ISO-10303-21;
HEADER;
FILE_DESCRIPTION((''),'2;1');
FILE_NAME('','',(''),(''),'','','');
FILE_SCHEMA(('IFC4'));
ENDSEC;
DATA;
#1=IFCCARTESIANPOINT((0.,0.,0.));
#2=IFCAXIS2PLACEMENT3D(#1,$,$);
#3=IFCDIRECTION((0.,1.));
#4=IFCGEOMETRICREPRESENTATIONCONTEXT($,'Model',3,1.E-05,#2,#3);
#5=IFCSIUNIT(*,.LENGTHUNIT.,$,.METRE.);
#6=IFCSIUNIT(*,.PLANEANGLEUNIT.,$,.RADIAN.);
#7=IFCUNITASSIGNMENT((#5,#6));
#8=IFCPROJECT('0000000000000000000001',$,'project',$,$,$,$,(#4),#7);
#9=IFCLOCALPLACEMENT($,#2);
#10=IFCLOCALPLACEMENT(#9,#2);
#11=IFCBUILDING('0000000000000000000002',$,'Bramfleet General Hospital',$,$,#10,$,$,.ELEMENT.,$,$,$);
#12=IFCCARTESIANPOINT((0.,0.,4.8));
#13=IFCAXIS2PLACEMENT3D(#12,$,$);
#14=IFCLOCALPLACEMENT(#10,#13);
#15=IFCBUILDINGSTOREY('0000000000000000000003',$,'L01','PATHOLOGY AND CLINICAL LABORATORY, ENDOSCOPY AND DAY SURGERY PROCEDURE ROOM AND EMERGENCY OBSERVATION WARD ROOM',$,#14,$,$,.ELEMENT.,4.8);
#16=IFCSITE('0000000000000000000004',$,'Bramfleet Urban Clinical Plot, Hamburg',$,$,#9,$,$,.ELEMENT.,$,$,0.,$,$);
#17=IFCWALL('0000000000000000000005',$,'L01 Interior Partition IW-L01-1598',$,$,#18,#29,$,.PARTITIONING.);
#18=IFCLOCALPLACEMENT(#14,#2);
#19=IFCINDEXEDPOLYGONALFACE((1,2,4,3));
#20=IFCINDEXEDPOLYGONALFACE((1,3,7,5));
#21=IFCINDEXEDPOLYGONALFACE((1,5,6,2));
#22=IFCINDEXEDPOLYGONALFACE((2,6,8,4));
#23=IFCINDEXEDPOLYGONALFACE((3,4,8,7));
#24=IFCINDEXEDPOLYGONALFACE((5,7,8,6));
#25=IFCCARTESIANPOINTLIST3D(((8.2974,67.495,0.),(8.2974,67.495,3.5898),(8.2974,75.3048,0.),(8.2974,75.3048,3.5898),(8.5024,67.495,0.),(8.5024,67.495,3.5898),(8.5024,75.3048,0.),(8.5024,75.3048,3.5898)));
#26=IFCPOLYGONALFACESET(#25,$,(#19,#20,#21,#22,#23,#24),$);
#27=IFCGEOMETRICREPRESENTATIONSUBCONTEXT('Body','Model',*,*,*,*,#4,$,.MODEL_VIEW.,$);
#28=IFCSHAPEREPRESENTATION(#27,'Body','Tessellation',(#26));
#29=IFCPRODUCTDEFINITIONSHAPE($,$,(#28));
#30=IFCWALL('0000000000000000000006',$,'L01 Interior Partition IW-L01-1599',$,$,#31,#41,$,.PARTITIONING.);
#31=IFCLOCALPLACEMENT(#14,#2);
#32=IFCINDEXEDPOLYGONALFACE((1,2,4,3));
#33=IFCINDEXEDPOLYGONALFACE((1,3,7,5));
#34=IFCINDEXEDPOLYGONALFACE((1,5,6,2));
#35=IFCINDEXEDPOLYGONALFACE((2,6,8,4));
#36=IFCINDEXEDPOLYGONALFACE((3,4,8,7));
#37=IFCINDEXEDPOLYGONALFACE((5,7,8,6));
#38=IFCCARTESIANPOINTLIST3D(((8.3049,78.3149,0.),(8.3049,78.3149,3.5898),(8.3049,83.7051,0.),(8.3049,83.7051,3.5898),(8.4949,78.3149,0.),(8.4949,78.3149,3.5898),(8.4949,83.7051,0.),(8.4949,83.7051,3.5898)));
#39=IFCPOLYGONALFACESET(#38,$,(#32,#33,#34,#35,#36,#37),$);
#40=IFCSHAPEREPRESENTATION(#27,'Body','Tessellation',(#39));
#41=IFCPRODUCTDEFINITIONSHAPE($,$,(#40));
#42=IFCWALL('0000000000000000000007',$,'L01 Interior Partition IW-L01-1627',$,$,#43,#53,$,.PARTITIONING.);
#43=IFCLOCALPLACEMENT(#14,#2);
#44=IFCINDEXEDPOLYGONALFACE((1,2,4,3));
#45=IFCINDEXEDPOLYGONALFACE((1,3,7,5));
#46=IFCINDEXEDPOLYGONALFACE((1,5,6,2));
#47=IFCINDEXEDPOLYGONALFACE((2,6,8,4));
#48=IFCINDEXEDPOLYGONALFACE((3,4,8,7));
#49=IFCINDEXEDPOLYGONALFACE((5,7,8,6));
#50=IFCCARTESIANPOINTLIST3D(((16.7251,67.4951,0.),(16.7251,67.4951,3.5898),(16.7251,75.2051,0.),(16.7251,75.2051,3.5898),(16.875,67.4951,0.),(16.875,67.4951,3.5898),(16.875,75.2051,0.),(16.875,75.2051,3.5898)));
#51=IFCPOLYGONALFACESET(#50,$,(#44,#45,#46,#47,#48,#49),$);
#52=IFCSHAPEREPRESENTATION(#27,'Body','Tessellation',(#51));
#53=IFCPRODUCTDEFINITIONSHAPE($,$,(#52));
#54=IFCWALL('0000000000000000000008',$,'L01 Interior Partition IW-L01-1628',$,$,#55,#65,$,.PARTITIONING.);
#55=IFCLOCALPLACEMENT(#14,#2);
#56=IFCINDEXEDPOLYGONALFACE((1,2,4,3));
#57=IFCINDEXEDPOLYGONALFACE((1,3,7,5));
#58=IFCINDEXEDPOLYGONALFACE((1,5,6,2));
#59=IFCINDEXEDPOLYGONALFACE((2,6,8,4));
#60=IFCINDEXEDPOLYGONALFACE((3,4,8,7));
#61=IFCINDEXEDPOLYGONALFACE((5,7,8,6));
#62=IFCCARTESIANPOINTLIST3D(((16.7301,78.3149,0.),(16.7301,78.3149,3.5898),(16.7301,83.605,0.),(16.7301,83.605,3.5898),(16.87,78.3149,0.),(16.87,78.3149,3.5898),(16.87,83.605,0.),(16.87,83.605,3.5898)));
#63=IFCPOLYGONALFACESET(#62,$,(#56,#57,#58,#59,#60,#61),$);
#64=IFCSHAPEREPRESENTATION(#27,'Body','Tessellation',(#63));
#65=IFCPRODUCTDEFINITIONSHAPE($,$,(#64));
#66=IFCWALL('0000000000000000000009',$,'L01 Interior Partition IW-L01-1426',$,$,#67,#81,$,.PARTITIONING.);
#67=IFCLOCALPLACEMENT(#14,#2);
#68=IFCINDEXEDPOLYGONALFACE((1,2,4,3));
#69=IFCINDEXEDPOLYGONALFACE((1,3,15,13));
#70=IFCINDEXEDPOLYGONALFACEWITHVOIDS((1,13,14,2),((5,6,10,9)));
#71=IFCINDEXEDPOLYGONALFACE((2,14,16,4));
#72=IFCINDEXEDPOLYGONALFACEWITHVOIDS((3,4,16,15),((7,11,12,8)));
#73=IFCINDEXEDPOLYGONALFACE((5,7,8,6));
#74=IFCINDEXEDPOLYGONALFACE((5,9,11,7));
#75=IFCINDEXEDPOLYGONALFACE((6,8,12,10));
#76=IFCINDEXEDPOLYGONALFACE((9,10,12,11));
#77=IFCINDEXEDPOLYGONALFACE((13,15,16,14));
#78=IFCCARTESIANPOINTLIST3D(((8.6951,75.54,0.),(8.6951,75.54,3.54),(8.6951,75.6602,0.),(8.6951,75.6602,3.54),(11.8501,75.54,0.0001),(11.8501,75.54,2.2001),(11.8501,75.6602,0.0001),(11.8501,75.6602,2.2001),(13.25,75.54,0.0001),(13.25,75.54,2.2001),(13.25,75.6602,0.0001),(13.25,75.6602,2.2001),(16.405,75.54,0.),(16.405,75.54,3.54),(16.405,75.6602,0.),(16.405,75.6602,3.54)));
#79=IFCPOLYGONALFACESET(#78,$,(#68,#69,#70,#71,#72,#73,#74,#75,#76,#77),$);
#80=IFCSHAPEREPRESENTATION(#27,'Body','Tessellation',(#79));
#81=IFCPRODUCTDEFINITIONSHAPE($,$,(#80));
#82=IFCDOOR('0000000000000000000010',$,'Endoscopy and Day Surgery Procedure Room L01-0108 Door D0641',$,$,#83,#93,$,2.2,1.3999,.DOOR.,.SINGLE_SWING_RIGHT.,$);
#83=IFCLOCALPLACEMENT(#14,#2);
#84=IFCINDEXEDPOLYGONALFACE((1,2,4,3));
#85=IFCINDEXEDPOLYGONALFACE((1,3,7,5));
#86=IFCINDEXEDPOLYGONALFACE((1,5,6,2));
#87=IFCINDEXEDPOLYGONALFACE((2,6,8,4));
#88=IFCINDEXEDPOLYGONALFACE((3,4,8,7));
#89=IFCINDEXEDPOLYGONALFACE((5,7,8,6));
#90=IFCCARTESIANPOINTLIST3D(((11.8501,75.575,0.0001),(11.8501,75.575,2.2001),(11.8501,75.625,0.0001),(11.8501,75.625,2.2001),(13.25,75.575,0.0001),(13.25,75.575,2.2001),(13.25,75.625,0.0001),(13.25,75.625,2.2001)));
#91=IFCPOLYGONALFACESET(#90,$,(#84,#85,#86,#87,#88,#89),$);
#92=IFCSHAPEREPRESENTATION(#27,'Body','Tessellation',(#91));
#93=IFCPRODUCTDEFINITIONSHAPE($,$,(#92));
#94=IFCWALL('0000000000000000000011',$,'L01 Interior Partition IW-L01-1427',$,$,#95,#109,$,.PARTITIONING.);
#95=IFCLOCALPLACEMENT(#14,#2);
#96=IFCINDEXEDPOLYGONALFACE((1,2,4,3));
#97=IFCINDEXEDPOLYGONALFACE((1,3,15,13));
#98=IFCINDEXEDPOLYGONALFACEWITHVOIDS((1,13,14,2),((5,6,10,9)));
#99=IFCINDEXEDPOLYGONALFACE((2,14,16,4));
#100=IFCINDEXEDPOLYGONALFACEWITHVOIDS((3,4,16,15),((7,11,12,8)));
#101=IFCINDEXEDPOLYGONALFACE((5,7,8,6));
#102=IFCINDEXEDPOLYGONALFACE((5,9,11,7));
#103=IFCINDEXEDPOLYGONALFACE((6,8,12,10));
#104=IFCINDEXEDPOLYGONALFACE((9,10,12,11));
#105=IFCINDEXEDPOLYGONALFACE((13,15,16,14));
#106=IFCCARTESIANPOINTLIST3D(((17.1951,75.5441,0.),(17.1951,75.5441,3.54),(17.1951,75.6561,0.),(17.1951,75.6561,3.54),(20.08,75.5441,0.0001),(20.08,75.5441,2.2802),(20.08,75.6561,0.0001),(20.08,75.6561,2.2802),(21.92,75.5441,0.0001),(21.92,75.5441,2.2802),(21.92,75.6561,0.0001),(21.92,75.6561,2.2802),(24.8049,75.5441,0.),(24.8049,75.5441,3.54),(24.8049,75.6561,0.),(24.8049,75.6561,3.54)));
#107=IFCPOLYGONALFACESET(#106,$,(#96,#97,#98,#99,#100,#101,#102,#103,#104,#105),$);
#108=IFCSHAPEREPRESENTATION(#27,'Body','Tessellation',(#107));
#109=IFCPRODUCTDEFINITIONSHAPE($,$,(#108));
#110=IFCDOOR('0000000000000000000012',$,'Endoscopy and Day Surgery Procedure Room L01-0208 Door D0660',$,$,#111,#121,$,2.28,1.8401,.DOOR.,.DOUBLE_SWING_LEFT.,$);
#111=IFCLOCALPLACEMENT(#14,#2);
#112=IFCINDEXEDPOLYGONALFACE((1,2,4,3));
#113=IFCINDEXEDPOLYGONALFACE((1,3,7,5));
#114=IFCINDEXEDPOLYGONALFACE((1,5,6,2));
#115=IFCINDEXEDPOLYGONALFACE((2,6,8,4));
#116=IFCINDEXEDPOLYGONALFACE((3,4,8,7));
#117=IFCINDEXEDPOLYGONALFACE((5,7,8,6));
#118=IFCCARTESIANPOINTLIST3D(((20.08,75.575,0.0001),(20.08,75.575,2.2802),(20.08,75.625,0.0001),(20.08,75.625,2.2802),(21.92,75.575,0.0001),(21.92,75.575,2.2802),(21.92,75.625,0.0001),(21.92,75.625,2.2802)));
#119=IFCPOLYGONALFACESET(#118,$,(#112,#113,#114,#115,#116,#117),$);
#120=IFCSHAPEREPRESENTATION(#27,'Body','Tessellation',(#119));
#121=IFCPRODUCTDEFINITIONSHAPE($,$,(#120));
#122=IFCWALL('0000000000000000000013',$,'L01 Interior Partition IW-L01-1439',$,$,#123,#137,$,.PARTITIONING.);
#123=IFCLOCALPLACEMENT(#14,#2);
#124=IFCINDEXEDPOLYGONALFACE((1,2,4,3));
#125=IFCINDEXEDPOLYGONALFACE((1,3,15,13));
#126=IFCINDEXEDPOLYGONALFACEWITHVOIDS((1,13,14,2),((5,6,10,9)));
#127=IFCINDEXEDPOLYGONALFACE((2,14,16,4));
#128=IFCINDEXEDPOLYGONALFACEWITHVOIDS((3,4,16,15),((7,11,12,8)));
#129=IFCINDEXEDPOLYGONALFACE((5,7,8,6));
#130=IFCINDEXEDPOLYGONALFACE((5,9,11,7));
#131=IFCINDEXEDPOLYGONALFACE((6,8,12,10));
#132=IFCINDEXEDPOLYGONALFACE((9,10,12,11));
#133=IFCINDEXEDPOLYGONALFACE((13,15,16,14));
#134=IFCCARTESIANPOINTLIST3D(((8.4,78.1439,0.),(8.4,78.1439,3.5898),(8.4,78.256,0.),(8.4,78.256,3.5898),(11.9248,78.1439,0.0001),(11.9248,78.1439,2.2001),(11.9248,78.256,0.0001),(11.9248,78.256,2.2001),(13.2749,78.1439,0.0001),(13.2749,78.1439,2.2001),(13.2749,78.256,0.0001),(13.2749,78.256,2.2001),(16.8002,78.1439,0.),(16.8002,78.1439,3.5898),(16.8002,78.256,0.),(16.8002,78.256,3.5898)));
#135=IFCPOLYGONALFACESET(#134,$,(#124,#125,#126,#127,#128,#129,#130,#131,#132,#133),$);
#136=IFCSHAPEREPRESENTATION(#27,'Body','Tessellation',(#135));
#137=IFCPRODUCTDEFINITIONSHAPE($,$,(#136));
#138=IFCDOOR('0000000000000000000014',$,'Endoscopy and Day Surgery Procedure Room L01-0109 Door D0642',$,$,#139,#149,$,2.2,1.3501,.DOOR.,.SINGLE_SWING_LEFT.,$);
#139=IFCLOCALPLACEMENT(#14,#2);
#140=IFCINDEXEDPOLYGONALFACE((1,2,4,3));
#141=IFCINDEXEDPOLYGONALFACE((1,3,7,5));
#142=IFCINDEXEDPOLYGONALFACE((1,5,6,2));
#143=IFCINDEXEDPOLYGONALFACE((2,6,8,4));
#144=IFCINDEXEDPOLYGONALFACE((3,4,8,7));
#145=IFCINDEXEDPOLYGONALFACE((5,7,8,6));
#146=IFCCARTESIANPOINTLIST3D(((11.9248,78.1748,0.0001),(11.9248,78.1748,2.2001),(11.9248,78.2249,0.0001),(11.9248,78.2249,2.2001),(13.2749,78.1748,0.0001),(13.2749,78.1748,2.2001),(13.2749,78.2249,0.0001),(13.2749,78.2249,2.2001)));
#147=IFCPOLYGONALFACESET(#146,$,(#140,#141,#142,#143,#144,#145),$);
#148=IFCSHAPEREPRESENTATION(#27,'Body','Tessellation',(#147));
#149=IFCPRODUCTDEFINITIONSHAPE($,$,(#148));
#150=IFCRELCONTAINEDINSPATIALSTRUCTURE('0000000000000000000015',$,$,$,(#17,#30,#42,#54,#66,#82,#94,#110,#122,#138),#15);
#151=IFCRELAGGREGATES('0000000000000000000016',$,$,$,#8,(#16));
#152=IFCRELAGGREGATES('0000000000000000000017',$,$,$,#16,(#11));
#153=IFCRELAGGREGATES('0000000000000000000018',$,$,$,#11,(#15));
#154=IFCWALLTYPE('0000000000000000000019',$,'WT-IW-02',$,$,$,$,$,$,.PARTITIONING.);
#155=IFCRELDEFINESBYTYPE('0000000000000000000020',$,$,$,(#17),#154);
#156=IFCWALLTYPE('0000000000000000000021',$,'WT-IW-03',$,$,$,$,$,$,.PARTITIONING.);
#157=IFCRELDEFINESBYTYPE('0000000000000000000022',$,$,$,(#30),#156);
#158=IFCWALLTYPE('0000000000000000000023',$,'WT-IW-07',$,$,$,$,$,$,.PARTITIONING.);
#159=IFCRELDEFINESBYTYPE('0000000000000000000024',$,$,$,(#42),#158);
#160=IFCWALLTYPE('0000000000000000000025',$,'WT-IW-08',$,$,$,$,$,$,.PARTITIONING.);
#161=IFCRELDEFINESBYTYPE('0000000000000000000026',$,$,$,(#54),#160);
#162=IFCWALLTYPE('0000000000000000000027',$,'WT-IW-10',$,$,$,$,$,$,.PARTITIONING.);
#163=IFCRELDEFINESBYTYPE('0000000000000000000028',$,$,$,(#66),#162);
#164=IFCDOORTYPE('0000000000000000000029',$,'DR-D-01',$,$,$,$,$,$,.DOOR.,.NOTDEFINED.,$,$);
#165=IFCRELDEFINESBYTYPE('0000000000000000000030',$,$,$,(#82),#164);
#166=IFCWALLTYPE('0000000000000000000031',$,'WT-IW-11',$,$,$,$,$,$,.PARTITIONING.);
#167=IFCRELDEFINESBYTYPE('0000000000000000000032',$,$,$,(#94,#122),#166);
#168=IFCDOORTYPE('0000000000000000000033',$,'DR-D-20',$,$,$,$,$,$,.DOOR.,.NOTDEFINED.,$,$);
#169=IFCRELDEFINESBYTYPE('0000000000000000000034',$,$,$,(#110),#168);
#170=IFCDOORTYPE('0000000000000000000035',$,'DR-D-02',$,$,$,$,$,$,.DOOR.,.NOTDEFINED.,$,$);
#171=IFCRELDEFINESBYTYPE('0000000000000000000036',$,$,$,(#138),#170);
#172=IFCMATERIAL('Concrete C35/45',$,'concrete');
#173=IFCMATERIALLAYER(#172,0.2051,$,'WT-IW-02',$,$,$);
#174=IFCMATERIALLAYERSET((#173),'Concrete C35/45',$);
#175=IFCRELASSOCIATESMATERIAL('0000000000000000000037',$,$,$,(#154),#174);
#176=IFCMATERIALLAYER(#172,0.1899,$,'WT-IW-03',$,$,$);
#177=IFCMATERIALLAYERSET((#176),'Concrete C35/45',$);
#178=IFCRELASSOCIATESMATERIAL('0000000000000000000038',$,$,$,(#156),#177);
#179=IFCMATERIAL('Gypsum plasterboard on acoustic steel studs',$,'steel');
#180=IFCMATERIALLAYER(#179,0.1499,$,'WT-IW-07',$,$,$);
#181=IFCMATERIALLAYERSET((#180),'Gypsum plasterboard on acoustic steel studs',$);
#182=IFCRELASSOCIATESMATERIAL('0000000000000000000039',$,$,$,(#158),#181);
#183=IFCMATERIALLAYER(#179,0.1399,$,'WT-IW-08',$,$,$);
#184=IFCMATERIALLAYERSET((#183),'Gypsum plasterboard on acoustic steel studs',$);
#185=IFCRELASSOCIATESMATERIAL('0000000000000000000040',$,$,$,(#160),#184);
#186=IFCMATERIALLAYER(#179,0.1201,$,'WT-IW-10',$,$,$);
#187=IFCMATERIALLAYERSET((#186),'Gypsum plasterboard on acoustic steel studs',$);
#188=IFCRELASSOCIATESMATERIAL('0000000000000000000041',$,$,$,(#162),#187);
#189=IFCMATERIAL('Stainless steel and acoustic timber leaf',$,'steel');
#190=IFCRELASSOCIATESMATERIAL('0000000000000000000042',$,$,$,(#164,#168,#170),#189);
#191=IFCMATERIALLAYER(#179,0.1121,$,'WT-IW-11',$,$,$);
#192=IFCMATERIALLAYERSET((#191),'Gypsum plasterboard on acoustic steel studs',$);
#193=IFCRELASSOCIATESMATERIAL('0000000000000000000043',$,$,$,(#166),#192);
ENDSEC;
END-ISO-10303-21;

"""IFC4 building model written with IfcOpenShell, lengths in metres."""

from ifc_helpers import new_model, si_unit, direction, frame, frame_2d, origin, place, context, subcontext, project, spatial, rectangle, extrude, material, layer, layer_set, type_object, element, fill, save


model = new_model("IFC4")

# Units and contexts
model_context = context("Model", 3, precision=1e-05, world=origin(), true_north=direction((0.0, 1.0)))
body_context = subcontext(model_context, "Body", "Model", "MODEL_VIEW")
ifc_project = project(units=[si_unit("LENGTHUNIT", "METRE"), si_unit("PLANEANGLEUNIT", "RADIAN")], contexts=[model_context])

# Site, building, storey
site_placement = place(None, origin())
site = spatial("IfcSite", under=ifc_project, at=site_placement, Name="Bramfleet Urban Clinical Plot, Hamburg", CompositionType="ELEMENT", RefElevation=0.0)
building_placement = place(site_placement, origin())
building = spatial("IfcBuilding", under=site, at=building_placement, Name="Bramfleet General Hospital", CompositionType="ELEMENT")
storey_placement = place(building_placement, frame((0.0, 0.0, 4.8)))
storey = spatial("IfcBuildingStorey", under=building, at=storey_placement, Name="L01", Description="PATHOLOGY AND CLINICAL LABORATORY, ENDOSCOPY AND DAY SURGERY PROCEDURE ROOM AND EMERGENCY OBSERVATION WARD ROOM", CompositionType="ELEMENT", Elevation=4.8)

# Shared definitions
ifc_material_1 = material(Name="Concrete C35/45", Category="concrete")

# Walls
ifc_layer_1 = layer(ifc_material_1, 0.2051, Name="WT-IW-02")
ifc_layer_set_1 = layer_set([ifc_layer_1], Name="Concrete C35/45")
wall_type_1 = type_object("IfcWallType", Name="WT-IW-02", PredefinedType="PARTITIONING", material=ifc_layer_set_1)
wall_1_placement = place(storey_placement, frame((8.3999, 67.4951, 0.0), z_axis=(0.0, 0.0, 1.0), x_axis=(0.0, 1.0, 0.0)))
element("IfcWall", 1, at=wall_1_placement, inside=storey, type_object=wall_type_1, Name="L01 Interior Partition IW-L01-1598", PredefinedType="PARTITIONING", context=body_context, shape_type="SweptSolid", body=[
    extrude(rectangle(XDim=7.8098, YDim=0.2051, at=frame_2d((3.9048, 0.0))), origin(), (0.0, 0.0, 1.0), 3.5898),
])
ifc_layer_2 = layer(ifc_material_1, 0.1899, Name="WT-IW-03")
ifc_layer_set_2 = layer_set([ifc_layer_2], Name="Concrete C35/45")
wall_type_2 = type_object("IfcWallType", Name="WT-IW-03", PredefinedType="PARTITIONING", material=ifc_layer_set_2)
wall_2_placement = place(storey_placement, frame((8.3999, 78.3149, 0.0), z_axis=(0.0, 0.0, 1.0), x_axis=(0.0, 1.0, 0.0)))
element("IfcWall", 2, at=wall_2_placement, inside=storey, type_object=wall_type_2, Name="L01 Interior Partition IW-L01-1599", PredefinedType="PARTITIONING", context=body_context, shape_type="SweptSolid", body=[
    extrude(rectangle(XDim=5.3901, YDim=0.1899, at=frame_2d((2.6951, 0.0))), origin(), (0.0, 0.0, 1.0), 3.5898),
])
ifc_material_2 = material(Name="Gypsum plasterboard on acoustic steel studs", Category="steel")
ifc_layer_3 = layer(ifc_material_2, 0.1499, Name="WT-IW-07")
ifc_layer_set_3 = layer_set([ifc_layer_3], Name="Gypsum plasterboard on acoustic steel studs")
wall_type_3 = type_object("IfcWallType", Name="WT-IW-07", PredefinedType="PARTITIONING", material=ifc_layer_set_3)
wall_3_placement = place(storey_placement, frame((16.8, 67.4951, 0.0), z_axis=(0.0, 0.0, 1.0), x_axis=(0.0, 1.0, 0.0)))
element("IfcWall", 3, at=wall_3_placement, inside=storey, type_object=wall_type_3, Name="L01 Interior Partition IW-L01-1627", PredefinedType="PARTITIONING", context=body_context, shape_type="SweptSolid", body=[
    extrude(rectangle(XDim=7.71, YDim=0.1499, at=frame_2d((3.855, 0.0))), origin(), (0.0, 0.0, 1.0), 3.5898),
])
ifc_layer_4 = layer(ifc_material_2, 0.1399, Name="WT-IW-08")
ifc_layer_set_4 = layer_set([ifc_layer_4], Name="Gypsum plasterboard on acoustic steel studs")
wall_type_4 = type_object("IfcWallType", Name="WT-IW-08", PredefinedType="PARTITIONING", material=ifc_layer_set_4)
wall_4_placement = place(storey_placement, frame((16.8, 78.3149, 0.0), z_axis=(0.0, 0.0, 1.0), x_axis=(0.0, 1.0, 0.0)))
element("IfcWall", 4, at=wall_4_placement, inside=storey, type_object=wall_type_4, Name="L01 Interior Partition IW-L01-1628", PredefinedType="PARTITIONING", context=body_context, shape_type="SweptSolid", body=[
    extrude(rectangle(XDim=5.29, YDim=0.1399, at=frame_2d((2.645, 0.0))), origin(), (0.0, 0.0, 1.0), 3.5898),
])

# Walls, openings, doors
ifc_layer_5 = layer(ifc_material_2, 0.1201, Name="WT-IW-10")
ifc_layer_set_5 = layer_set([ifc_layer_5], Name="Gypsum plasterboard on acoustic steel studs")
wall_type_5 = type_object("IfcWallType", Name="WT-IW-10", PredefinedType="PARTITIONING", material=ifc_layer_set_5)
wall_5_placement = place(storey_placement, frame((8.6951, 75.6001, 0.0), z_axis=(0.0, 0.0, 1.0), x_axis=(1.0, 0.0, 0.0)))
wall_5 = element("IfcWall", 5, at=wall_5_placement, inside=storey, type_object=wall_type_5, Name="L01 Interior Partition IW-L01-1426", PredefinedType="PARTITIONING", context=body_context, shape_type="SweptSolid", body=[
    extrude(rectangle(XDim=7.71, YDim=0.1201, at=frame_2d((3.855, 0.0))), origin(), (0.0, 0.0, 1.0), 3.54),
])
opening_1_placement = place(wall_5_placement, frame((3.155, 0.0, 0.0)))
opening_1 = element("IfcOpeningElement", 6, at=opening_1_placement, cuts=wall_5, PredefinedType="OPENING", context=body_context, shape_type="SweptSolid", body=[
    extrude(rectangle(XDim=1.3999, YDim=2.2, at=frame_2d((0.7, 1.1001))), frame((0.0, 0.0701, 0.0), z_axis=(0.0, -1.0, 0.0), x_axis=(1.0, 0.0, 0.0)), (0.0, 0.0, 1.0), 0.1401),
])
ifc_material_3 = material(Name="Stainless steel and acoustic timber leaf", Category="steel")
door_type_1 = type_object("IfcDoorType", Name="DR-D-01", OperationType="NOTDEFINED", PredefinedType="DOOR", material=ifc_material_3)
door_1_placement = place(opening_1_placement, origin())
door_1 = element("IfcDoor", 7, at=door_1_placement, inside=storey, type_object=door_type_1, Name="Endoscopy and Day Surgery Procedure Room L01-0108 Door D0641", OperationType="SINGLE_SWING_RIGHT", OverallHeight=2.2, OverallWidth=1.3999, PredefinedType="DOOR", context=body_context, shape_type="SweptSolid", body=[
    extrude(rectangle(XDim=1.3999, YDim=2.2, at=frame_2d((0.7, 1.1001))), frame((0.0, 0.0249, 0.0), z_axis=(0.0, -1.0, 0.0), x_axis=(1.0, 0.0, 0.0)), (0.0, 0.0, 1.0), 0.05),
])
fill(opening_1, door_1)
ifc_layer_6 = layer(ifc_material_2, 0.1121, Name="WT-IW-11")
ifc_layer_set_6 = layer_set([ifc_layer_6], Name="Gypsum plasterboard on acoustic steel studs")
wall_type_6 = type_object("IfcWallType", Name="WT-IW-11", PredefinedType="PARTITIONING", material=ifc_layer_set_6)
wall_6_placement = place(storey_placement, frame((17.1951, 75.6001, 0.0), z_axis=(0.0, 0.0, 1.0), x_axis=(1.0, 0.0, 0.0)))
wall_6 = element("IfcWall", 8, at=wall_6_placement, inside=storey, type_object=wall_type_6, Name="L01 Interior Partition IW-L01-1427", PredefinedType="PARTITIONING", context=body_context, shape_type="SweptSolid", body=[
    extrude(rectangle(XDim=7.6099, YDim=0.1121, at=frame_2d((3.8049, 0.0))), origin(), (0.0, 0.0, 1.0), 3.54),
])
opening_2_placement = place(wall_6_placement, frame((2.885, 0.0, 0.0)))
opening_2 = element("IfcOpeningElement", 9, at=opening_2_placement, cuts=wall_6, PredefinedType="OPENING", context=body_context, shape_type="SweptSolid", body=[
    extrude(rectangle(XDim=1.8401, YDim=2.28, at=frame_2d((0.9199, 1.1401))), frame((0.0, 0.0659, 0.0), z_axis=(0.0, -1.0, 0.0), x_axis=(1.0, 0.0, 0.0)), (0.0, 0.0, 1.0), 0.1321),
])
door_type_2 = type_object("IfcDoorType", Name="DR-D-20", OperationType="NOTDEFINED", PredefinedType="DOOR", material=ifc_material_3)
door_2_placement = place(opening_2_placement, origin())
door_2 = element("IfcDoor", 10, at=door_2_placement, inside=storey, type_object=door_type_2, Name="Endoscopy and Day Surgery Procedure Room L01-0208 Door D0660", OperationType="DOUBLE_SWING_LEFT", OverallHeight=2.28, OverallWidth=1.8401, PredefinedType="DOOR", context=body_context, shape_type="SweptSolid", body=[
    extrude(rectangle(XDim=1.8401, YDim=2.28, at=frame_2d((0.9199, 1.1401))), frame((0.0, 0.0249, 0.0), z_axis=(0.0, -1.0, 0.0), x_axis=(1.0, 0.0, 0.0)), (0.0, 0.0, 1.0), 0.05),
])
fill(opening_2, door_2)
wall_7_placement = place(storey_placement, frame((8.3999, 78.2, 0.0), z_axis=(0.0, 0.0, 1.0), x_axis=(1.0, 0.0, 0.0)))
wall_7 = element("IfcWall", 11, at=wall_7_placement, inside=storey, type_object=wall_type_6, Name="L01 Interior Partition IW-L01-1439", PredefinedType="PARTITIONING", context=body_context, shape_type="SweptSolid", body=[
    extrude(rectangle(XDim=8.4001, YDim=0.1121, at=frame_2d((4.2002, 0.0))), origin(), (0.0, 0.0, 1.0), 3.5898),
])
opening_3_placement = place(wall_7_placement, frame((3.5249, 0.0, 0.0)))
opening_3 = element("IfcOpeningElement", 12, at=opening_3_placement, cuts=wall_7, PredefinedType="OPENING", context=body_context, shape_type="SweptSolid", body=[
    extrude(rectangle(XDim=1.3501, YDim=2.2, at=frame_2d((0.675, 1.1001))), frame((0.0, 0.0659, 0.0), z_axis=(0.0, -1.0, 0.0), x_axis=(1.0, 0.0, 0.0)), (0.0, 0.0, 1.0), 0.1321),
])
door_type_3 = type_object("IfcDoorType", Name="DR-D-02", OperationType="NOTDEFINED", PredefinedType="DOOR", material=ifc_material_3)
door_3_placement = place(opening_3_placement, origin())
door_3 = element("IfcDoor", 13, at=door_3_placement, inside=storey, type_object=door_type_3, Name="Endoscopy and Day Surgery Procedure Room L01-0109 Door D0642", OperationType="SINGLE_SWING_LEFT", OverallHeight=2.2, OverallWidth=1.3501, PredefinedType="DOOR", context=body_context, shape_type="SweptSolid", body=[
    extrude(rectangle(XDim=1.3501, YDim=2.2, at=frame_2d((0.675, 1.1001))), frame((0.0, 0.0249, 0.0), z_axis=(0.0, -1.0, 0.0), x_axis=(1.0, 0.0, 0.0)), (0.0, 0.0, 1.0), 0.05),
])
fill(opening_3, door_3)

save(model, "model.ifc")
